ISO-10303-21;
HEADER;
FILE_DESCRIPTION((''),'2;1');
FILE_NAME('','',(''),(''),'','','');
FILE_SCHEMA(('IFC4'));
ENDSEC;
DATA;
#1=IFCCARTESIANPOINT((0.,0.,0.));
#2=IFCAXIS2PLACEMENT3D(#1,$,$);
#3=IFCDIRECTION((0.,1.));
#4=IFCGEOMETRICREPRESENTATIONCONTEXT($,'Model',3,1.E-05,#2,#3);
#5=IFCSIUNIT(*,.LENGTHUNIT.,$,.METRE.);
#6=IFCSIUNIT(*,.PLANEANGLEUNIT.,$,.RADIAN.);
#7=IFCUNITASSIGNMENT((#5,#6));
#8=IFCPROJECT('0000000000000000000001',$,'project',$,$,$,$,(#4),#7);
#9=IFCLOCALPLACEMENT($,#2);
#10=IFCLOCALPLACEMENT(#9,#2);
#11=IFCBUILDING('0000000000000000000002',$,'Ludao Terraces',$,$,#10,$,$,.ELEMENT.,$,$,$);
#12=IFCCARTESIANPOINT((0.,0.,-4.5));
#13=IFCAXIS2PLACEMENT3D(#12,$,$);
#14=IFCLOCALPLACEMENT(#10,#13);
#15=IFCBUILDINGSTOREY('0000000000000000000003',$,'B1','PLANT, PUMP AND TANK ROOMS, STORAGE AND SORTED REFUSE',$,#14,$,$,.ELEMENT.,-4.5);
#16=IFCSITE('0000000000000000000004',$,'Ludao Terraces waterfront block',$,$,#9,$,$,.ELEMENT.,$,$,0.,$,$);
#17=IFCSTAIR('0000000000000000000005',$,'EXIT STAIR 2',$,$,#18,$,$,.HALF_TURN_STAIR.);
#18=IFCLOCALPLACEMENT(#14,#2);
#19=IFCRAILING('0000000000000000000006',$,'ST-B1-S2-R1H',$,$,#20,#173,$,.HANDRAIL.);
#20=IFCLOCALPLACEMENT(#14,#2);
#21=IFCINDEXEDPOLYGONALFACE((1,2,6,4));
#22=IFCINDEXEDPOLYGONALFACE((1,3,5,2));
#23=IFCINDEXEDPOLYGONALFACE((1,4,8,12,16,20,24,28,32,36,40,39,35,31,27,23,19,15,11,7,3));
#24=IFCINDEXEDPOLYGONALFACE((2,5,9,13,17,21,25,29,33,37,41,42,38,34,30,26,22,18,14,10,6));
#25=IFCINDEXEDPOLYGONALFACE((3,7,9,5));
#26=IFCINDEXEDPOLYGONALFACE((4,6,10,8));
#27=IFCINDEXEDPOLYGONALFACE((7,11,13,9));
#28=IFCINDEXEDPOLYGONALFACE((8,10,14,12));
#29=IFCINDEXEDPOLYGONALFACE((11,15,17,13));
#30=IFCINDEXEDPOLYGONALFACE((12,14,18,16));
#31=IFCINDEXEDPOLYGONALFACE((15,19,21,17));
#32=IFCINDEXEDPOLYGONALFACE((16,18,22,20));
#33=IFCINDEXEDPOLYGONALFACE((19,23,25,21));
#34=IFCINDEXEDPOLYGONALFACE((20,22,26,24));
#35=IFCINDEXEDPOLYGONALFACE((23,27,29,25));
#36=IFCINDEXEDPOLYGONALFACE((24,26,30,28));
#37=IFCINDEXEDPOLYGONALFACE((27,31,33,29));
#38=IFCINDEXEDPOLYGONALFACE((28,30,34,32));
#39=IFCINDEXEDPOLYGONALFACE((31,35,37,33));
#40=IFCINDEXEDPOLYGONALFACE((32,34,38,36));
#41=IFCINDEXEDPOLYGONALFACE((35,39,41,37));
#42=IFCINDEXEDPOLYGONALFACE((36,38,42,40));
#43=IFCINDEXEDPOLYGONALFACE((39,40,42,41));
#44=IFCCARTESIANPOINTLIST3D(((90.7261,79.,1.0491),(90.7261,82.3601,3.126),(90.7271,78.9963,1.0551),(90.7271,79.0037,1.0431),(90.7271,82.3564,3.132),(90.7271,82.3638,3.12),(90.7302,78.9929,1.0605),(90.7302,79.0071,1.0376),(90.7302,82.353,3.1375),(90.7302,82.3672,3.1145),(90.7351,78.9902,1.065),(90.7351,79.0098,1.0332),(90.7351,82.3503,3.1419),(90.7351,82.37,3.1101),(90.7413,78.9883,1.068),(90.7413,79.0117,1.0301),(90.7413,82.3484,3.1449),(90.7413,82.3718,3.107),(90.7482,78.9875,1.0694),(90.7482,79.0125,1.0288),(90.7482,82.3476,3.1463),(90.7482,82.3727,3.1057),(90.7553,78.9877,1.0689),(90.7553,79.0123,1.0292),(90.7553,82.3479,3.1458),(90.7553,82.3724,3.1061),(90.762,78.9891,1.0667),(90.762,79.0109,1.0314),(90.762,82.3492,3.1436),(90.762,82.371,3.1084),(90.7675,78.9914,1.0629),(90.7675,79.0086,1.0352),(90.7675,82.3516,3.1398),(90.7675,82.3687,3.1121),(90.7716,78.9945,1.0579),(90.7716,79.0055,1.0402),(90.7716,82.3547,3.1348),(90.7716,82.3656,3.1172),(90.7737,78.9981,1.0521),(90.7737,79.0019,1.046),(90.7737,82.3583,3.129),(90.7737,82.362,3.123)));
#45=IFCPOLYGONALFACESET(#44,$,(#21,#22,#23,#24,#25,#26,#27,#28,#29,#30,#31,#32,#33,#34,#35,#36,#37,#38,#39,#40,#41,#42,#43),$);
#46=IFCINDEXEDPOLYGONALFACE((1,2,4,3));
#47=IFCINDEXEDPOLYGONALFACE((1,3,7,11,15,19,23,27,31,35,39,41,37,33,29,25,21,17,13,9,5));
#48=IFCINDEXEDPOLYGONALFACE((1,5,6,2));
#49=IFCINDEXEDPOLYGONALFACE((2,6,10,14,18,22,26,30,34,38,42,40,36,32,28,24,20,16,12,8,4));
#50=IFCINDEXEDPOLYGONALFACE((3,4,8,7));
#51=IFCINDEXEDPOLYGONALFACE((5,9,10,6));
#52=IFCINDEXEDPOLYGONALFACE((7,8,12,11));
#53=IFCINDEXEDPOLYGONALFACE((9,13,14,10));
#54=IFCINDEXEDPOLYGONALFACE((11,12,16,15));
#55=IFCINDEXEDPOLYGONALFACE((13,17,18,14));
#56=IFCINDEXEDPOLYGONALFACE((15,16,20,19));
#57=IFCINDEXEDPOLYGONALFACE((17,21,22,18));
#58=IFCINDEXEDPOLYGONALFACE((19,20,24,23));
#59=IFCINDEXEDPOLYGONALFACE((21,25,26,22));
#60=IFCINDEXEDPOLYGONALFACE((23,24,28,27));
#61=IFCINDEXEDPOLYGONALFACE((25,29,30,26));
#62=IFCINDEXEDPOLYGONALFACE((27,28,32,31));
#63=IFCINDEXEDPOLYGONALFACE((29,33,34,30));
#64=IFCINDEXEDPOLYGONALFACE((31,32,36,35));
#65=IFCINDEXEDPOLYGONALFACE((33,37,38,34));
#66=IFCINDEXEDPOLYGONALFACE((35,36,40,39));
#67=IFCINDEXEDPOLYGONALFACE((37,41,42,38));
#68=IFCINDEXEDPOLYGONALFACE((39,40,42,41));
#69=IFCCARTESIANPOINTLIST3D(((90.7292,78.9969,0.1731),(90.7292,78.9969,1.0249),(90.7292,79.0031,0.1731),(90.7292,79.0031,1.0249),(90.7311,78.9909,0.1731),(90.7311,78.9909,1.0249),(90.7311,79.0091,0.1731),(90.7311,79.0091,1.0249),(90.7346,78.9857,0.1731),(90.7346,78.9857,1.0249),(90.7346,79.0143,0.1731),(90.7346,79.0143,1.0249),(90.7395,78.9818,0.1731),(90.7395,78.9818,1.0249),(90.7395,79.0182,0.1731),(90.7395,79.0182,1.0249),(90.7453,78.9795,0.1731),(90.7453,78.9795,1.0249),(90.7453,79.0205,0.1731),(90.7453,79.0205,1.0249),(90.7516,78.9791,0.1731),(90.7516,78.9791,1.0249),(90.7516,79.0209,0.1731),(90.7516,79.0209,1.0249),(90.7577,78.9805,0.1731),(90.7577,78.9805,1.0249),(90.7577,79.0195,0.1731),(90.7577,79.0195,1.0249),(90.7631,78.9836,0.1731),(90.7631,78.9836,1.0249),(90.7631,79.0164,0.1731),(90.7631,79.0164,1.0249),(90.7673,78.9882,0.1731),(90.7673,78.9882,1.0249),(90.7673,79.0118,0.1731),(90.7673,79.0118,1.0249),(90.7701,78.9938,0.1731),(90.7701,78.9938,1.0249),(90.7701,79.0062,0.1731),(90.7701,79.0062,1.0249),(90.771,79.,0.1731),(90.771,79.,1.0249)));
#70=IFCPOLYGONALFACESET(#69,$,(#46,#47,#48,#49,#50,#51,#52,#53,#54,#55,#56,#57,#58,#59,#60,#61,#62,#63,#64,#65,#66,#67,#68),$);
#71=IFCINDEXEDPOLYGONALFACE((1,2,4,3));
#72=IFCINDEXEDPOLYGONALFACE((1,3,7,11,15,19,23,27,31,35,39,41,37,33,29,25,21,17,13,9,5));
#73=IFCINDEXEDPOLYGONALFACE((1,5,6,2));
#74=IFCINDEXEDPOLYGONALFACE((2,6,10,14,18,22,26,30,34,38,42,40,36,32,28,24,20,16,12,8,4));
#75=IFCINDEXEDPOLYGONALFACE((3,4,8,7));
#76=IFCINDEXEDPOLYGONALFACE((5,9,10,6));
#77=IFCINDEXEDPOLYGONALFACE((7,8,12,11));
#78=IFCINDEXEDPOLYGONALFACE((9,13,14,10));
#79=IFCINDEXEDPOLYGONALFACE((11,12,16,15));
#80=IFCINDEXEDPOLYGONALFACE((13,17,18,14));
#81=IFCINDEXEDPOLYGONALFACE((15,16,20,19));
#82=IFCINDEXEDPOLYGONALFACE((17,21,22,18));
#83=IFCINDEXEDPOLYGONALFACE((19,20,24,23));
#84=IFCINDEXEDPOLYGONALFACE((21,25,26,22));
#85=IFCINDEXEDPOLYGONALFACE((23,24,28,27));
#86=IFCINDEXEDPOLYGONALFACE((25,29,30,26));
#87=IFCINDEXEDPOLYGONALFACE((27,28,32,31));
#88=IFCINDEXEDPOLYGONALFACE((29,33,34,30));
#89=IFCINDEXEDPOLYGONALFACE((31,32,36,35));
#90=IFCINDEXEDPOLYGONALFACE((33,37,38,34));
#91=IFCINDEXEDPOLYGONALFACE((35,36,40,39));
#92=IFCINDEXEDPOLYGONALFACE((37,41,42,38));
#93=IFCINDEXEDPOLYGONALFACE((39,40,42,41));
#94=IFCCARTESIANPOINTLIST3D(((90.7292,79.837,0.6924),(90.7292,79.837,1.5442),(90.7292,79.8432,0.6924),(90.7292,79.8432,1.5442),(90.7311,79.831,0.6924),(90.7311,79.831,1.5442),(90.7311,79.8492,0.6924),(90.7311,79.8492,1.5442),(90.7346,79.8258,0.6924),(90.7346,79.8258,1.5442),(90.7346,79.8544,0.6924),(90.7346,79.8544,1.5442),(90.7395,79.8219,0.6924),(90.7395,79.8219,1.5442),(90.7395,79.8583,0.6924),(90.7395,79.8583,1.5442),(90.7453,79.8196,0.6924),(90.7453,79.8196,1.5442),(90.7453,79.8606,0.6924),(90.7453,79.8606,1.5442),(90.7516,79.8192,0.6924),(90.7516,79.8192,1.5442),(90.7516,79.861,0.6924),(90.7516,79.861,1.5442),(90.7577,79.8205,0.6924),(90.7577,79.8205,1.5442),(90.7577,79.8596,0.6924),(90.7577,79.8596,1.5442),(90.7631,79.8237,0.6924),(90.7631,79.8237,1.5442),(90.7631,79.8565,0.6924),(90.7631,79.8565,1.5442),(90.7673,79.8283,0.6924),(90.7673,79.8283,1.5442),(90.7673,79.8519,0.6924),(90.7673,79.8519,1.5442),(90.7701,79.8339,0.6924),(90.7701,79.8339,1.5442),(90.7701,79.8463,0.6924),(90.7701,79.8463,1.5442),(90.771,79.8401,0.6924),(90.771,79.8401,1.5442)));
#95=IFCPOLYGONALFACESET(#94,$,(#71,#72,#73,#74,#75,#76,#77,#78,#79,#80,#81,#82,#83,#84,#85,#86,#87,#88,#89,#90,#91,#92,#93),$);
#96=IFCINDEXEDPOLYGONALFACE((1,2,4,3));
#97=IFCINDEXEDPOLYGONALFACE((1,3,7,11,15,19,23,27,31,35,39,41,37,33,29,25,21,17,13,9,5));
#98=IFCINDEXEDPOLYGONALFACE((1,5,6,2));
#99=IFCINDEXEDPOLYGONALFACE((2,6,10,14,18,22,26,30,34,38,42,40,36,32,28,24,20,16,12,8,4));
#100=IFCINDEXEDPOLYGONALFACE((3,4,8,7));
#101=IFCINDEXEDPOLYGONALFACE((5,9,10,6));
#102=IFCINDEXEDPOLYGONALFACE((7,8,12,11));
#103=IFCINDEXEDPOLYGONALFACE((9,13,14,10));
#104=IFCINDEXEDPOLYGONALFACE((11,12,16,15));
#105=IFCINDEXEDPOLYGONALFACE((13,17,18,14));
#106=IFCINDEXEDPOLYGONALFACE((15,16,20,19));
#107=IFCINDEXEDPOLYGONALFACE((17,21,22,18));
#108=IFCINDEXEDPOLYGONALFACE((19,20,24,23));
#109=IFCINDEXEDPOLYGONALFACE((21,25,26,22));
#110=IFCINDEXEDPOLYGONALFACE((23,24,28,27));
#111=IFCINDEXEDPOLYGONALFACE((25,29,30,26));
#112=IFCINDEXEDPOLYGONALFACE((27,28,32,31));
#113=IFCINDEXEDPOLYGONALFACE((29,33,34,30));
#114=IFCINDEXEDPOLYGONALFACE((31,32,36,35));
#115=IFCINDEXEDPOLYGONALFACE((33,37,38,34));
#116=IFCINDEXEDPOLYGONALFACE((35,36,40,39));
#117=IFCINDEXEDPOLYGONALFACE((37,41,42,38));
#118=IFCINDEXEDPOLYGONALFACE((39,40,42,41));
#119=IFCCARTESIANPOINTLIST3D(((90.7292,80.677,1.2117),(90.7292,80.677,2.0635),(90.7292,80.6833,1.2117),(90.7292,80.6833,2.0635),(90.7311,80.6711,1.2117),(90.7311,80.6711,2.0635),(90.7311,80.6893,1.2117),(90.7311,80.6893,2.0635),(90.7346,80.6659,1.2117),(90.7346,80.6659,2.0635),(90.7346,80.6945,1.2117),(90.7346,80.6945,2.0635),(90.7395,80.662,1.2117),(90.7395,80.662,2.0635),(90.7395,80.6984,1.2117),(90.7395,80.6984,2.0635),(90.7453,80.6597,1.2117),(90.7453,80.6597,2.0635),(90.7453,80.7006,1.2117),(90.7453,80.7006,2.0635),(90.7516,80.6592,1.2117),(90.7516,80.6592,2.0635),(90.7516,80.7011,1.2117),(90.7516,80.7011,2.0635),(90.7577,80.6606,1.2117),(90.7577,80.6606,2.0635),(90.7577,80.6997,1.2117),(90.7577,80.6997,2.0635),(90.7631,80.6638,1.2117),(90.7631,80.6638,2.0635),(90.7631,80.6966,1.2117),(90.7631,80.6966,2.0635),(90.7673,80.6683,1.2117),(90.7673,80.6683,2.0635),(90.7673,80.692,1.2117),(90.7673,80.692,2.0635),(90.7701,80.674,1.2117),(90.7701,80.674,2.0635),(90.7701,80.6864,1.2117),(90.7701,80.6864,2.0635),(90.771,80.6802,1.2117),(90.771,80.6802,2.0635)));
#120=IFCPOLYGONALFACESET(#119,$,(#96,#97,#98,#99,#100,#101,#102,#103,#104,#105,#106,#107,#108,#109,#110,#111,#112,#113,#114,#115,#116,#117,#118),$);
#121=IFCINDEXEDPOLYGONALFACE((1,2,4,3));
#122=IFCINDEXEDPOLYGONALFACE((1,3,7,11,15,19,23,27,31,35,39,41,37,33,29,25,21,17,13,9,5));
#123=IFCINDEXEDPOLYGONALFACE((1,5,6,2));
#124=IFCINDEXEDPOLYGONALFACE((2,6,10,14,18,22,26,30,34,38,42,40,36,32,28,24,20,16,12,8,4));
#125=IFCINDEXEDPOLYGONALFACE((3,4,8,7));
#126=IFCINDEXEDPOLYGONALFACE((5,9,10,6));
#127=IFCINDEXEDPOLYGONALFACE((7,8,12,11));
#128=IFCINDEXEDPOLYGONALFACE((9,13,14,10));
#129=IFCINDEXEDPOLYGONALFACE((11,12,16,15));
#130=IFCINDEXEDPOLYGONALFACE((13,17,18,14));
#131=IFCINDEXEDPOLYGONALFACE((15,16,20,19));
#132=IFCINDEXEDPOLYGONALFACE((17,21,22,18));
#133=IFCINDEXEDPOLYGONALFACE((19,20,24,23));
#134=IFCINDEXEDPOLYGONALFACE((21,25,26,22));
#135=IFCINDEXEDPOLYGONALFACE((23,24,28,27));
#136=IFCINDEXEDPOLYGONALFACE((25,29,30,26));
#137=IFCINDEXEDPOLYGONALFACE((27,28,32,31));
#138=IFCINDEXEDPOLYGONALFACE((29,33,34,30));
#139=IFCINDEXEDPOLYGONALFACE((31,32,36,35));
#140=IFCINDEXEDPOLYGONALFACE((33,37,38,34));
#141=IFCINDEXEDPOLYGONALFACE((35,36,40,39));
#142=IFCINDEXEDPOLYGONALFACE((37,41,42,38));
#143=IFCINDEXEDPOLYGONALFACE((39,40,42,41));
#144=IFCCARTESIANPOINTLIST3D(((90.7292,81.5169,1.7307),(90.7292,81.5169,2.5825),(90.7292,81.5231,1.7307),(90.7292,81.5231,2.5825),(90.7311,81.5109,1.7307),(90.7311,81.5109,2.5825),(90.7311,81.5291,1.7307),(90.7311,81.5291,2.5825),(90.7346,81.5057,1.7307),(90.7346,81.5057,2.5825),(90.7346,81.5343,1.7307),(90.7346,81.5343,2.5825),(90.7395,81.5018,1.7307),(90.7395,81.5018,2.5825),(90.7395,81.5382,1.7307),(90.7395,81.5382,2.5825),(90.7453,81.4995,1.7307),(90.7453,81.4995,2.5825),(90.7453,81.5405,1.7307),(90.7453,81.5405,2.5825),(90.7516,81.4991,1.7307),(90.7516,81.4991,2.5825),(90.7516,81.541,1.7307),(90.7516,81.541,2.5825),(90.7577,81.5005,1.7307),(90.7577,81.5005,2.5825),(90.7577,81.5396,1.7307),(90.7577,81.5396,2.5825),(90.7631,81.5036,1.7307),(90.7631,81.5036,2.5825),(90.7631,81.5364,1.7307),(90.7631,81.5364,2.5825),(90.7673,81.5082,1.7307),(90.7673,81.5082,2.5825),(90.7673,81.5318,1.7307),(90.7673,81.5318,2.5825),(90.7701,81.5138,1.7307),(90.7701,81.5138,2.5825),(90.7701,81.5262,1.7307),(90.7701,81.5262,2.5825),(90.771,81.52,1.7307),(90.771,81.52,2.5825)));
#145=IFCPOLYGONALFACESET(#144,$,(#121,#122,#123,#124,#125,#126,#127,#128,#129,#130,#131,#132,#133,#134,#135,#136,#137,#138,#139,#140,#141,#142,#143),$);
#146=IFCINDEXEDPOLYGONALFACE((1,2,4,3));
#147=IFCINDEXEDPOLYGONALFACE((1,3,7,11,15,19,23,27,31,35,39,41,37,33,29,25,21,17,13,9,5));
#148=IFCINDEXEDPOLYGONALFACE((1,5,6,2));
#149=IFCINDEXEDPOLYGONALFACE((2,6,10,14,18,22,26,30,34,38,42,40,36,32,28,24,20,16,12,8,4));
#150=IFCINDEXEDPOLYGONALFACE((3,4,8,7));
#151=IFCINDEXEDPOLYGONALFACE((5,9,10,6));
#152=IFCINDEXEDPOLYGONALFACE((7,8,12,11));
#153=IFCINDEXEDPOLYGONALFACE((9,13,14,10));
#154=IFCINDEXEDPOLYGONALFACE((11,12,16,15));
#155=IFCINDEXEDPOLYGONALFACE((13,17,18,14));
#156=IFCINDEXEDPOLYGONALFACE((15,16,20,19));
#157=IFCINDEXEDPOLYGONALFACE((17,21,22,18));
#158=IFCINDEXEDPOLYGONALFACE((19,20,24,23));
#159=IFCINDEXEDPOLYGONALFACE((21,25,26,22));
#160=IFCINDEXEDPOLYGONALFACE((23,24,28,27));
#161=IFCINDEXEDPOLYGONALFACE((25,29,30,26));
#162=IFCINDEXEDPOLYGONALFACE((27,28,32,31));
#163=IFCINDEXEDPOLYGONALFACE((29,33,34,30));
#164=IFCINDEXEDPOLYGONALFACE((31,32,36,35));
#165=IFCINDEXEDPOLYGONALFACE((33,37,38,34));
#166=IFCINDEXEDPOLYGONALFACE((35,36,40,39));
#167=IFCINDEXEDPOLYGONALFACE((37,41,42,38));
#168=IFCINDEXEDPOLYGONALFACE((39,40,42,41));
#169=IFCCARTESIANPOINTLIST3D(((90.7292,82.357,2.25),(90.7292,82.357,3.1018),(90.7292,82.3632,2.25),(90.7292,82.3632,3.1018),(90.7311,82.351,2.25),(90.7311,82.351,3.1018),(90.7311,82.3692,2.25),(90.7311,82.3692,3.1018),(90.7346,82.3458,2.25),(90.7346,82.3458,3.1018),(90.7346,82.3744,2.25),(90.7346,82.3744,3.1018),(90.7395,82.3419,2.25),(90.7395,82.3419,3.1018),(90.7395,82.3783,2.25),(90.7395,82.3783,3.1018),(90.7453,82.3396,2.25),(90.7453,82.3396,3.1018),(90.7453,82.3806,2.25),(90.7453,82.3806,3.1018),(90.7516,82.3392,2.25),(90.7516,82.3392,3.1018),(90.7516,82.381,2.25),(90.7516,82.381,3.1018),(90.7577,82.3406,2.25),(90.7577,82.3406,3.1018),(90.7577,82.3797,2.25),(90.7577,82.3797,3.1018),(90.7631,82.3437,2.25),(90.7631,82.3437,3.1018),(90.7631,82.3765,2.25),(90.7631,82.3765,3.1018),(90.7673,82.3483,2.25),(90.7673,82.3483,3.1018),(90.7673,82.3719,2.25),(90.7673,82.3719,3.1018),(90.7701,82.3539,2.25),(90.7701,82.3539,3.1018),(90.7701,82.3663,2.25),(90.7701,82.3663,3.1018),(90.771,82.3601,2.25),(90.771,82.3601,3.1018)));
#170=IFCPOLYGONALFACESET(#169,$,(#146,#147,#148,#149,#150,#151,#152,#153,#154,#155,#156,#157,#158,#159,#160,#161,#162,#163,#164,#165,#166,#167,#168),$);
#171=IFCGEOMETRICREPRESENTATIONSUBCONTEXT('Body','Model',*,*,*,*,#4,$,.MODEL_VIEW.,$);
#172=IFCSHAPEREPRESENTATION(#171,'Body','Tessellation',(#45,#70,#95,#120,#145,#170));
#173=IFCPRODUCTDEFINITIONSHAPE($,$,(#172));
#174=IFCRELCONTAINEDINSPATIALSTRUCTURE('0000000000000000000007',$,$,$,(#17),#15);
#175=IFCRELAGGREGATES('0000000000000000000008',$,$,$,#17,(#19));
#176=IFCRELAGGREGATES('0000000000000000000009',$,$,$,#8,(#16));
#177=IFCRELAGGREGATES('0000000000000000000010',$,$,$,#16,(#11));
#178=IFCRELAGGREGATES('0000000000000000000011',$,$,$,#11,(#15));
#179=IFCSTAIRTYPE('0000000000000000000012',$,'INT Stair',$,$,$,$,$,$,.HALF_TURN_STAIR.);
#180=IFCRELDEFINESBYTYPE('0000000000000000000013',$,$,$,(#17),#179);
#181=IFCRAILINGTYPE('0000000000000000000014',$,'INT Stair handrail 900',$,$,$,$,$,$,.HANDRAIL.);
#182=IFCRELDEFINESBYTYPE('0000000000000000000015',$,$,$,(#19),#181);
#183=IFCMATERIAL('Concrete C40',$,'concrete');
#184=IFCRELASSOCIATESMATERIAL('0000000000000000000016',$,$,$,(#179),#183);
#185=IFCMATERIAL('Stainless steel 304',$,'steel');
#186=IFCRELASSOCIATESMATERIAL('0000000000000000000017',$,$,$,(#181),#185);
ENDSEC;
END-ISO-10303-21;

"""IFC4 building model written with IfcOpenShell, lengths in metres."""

from ifc_helpers import new_model, si_unit, direction, frame, origin, origin_2d, place, context, subcontext, project, spatial, circle, extrude, material, type_object, element, aggregate, save


model = new_model("IFC4")

# Units and contexts
model_context = context("Model", 3, precision=1e-05, world=origin(), true_north=direction((0.0, 1.0)))
body_context = subcontext(model_context, "Body", "Model", "MODEL_VIEW")
ifc_project = project(units=[si_unit("LENGTHUNIT", "METRE"), si_unit("PLANEANGLEUNIT", "RADIAN")], contexts=[model_context])

# Site, building, storey
site_placement = place(None, origin())
site = spatial("IfcSite", under=ifc_project, at=site_placement, Name="Ludao Terraces waterfront block", CompositionType="ELEMENT", RefElevation=0.0)
building_placement = place(site_placement, origin())
building = spatial("IfcBuilding", under=site, at=building_placement, Name="Ludao Terraces", CompositionType="ELEMENT")
storey_placement = place(building_placement, frame((0.0, 0.0, -4.5)))
storey = spatial("IfcBuildingStorey", under=building, at=storey_placement, Name="B1", Description="PLANT, PUMP AND TANK ROOMS, STORAGE AND SORTED REFUSE", CompositionType="ELEMENT", Elevation=-4.5)

# Stair, railing
ifc_material_1 = material(Name="Concrete C40", Category="concrete")
stair_type = type_object("IfcStairType", Name="INT Stair", PredefinedType="HALF_TURN_STAIR", material=ifc_material_1)
stair_placement = place(storey_placement, origin())
stair = element("IfcStair", 1, at=stair_placement, inside=storey, type_object=stair_type, Name="EXIT STAIR 2", PredefinedType="HALF_TURN_STAIR")
ifc_material_2 = material(Name="Stainless steel 304", Category="steel")
railing_type_1 = type_object("IfcRailingType", Name="INT Stair handrail 900", PredefinedType="HANDRAIL", material=ifc_material_2)
railing_1_placement = place(storey_placement, frame((90.75, 79.0, 0.1731)))
railing_1 = element("IfcRailing", 2, at=railing_1_placement, type_object=railing_type_1, Name="ST-B1-S2-R1H", PredefinedType="HANDRAIL", context=body_context, shape_type="SweptSolid", body=[
    extrude(circle(Radius=0.0239, at=origin_2d()), frame((0.0, 0.0, 0.876), z_axis=(0.0, 0.850623, 0.525776), x_axis=(-1.0, 0.0, 0.0)), (0.0, 0.0, 1.0), 3.9502),
    extrude(circle(Radius=0.021, at=origin_2d()), origin(), (0.0, 0.0, 1.0), 0.8518),
    extrude(circle(Radius=0.021, at=origin_2d()), frame((0.0, 0.8401, 0.5193)), (0.0, 0.0, 1.0), 0.8518),
    extrude(circle(Radius=0.021, at=origin_2d()), frame((0.0, 1.6802, 1.0386)), (0.0, 0.0, 1.0), 0.8518),
    extrude(circle(Radius=0.021, at=origin_2d()), frame((0.0, 2.52, 1.5576)), (0.0, 0.0, 1.0), 0.8518),
    extrude(circle(Radius=0.021, at=origin_2d()), frame((0.0, 3.3601, 2.0769)), (0.0, 0.0, 1.0), 0.8518),
])
aggregate(stair, [railing_1])

save(model, "model.ifc")
